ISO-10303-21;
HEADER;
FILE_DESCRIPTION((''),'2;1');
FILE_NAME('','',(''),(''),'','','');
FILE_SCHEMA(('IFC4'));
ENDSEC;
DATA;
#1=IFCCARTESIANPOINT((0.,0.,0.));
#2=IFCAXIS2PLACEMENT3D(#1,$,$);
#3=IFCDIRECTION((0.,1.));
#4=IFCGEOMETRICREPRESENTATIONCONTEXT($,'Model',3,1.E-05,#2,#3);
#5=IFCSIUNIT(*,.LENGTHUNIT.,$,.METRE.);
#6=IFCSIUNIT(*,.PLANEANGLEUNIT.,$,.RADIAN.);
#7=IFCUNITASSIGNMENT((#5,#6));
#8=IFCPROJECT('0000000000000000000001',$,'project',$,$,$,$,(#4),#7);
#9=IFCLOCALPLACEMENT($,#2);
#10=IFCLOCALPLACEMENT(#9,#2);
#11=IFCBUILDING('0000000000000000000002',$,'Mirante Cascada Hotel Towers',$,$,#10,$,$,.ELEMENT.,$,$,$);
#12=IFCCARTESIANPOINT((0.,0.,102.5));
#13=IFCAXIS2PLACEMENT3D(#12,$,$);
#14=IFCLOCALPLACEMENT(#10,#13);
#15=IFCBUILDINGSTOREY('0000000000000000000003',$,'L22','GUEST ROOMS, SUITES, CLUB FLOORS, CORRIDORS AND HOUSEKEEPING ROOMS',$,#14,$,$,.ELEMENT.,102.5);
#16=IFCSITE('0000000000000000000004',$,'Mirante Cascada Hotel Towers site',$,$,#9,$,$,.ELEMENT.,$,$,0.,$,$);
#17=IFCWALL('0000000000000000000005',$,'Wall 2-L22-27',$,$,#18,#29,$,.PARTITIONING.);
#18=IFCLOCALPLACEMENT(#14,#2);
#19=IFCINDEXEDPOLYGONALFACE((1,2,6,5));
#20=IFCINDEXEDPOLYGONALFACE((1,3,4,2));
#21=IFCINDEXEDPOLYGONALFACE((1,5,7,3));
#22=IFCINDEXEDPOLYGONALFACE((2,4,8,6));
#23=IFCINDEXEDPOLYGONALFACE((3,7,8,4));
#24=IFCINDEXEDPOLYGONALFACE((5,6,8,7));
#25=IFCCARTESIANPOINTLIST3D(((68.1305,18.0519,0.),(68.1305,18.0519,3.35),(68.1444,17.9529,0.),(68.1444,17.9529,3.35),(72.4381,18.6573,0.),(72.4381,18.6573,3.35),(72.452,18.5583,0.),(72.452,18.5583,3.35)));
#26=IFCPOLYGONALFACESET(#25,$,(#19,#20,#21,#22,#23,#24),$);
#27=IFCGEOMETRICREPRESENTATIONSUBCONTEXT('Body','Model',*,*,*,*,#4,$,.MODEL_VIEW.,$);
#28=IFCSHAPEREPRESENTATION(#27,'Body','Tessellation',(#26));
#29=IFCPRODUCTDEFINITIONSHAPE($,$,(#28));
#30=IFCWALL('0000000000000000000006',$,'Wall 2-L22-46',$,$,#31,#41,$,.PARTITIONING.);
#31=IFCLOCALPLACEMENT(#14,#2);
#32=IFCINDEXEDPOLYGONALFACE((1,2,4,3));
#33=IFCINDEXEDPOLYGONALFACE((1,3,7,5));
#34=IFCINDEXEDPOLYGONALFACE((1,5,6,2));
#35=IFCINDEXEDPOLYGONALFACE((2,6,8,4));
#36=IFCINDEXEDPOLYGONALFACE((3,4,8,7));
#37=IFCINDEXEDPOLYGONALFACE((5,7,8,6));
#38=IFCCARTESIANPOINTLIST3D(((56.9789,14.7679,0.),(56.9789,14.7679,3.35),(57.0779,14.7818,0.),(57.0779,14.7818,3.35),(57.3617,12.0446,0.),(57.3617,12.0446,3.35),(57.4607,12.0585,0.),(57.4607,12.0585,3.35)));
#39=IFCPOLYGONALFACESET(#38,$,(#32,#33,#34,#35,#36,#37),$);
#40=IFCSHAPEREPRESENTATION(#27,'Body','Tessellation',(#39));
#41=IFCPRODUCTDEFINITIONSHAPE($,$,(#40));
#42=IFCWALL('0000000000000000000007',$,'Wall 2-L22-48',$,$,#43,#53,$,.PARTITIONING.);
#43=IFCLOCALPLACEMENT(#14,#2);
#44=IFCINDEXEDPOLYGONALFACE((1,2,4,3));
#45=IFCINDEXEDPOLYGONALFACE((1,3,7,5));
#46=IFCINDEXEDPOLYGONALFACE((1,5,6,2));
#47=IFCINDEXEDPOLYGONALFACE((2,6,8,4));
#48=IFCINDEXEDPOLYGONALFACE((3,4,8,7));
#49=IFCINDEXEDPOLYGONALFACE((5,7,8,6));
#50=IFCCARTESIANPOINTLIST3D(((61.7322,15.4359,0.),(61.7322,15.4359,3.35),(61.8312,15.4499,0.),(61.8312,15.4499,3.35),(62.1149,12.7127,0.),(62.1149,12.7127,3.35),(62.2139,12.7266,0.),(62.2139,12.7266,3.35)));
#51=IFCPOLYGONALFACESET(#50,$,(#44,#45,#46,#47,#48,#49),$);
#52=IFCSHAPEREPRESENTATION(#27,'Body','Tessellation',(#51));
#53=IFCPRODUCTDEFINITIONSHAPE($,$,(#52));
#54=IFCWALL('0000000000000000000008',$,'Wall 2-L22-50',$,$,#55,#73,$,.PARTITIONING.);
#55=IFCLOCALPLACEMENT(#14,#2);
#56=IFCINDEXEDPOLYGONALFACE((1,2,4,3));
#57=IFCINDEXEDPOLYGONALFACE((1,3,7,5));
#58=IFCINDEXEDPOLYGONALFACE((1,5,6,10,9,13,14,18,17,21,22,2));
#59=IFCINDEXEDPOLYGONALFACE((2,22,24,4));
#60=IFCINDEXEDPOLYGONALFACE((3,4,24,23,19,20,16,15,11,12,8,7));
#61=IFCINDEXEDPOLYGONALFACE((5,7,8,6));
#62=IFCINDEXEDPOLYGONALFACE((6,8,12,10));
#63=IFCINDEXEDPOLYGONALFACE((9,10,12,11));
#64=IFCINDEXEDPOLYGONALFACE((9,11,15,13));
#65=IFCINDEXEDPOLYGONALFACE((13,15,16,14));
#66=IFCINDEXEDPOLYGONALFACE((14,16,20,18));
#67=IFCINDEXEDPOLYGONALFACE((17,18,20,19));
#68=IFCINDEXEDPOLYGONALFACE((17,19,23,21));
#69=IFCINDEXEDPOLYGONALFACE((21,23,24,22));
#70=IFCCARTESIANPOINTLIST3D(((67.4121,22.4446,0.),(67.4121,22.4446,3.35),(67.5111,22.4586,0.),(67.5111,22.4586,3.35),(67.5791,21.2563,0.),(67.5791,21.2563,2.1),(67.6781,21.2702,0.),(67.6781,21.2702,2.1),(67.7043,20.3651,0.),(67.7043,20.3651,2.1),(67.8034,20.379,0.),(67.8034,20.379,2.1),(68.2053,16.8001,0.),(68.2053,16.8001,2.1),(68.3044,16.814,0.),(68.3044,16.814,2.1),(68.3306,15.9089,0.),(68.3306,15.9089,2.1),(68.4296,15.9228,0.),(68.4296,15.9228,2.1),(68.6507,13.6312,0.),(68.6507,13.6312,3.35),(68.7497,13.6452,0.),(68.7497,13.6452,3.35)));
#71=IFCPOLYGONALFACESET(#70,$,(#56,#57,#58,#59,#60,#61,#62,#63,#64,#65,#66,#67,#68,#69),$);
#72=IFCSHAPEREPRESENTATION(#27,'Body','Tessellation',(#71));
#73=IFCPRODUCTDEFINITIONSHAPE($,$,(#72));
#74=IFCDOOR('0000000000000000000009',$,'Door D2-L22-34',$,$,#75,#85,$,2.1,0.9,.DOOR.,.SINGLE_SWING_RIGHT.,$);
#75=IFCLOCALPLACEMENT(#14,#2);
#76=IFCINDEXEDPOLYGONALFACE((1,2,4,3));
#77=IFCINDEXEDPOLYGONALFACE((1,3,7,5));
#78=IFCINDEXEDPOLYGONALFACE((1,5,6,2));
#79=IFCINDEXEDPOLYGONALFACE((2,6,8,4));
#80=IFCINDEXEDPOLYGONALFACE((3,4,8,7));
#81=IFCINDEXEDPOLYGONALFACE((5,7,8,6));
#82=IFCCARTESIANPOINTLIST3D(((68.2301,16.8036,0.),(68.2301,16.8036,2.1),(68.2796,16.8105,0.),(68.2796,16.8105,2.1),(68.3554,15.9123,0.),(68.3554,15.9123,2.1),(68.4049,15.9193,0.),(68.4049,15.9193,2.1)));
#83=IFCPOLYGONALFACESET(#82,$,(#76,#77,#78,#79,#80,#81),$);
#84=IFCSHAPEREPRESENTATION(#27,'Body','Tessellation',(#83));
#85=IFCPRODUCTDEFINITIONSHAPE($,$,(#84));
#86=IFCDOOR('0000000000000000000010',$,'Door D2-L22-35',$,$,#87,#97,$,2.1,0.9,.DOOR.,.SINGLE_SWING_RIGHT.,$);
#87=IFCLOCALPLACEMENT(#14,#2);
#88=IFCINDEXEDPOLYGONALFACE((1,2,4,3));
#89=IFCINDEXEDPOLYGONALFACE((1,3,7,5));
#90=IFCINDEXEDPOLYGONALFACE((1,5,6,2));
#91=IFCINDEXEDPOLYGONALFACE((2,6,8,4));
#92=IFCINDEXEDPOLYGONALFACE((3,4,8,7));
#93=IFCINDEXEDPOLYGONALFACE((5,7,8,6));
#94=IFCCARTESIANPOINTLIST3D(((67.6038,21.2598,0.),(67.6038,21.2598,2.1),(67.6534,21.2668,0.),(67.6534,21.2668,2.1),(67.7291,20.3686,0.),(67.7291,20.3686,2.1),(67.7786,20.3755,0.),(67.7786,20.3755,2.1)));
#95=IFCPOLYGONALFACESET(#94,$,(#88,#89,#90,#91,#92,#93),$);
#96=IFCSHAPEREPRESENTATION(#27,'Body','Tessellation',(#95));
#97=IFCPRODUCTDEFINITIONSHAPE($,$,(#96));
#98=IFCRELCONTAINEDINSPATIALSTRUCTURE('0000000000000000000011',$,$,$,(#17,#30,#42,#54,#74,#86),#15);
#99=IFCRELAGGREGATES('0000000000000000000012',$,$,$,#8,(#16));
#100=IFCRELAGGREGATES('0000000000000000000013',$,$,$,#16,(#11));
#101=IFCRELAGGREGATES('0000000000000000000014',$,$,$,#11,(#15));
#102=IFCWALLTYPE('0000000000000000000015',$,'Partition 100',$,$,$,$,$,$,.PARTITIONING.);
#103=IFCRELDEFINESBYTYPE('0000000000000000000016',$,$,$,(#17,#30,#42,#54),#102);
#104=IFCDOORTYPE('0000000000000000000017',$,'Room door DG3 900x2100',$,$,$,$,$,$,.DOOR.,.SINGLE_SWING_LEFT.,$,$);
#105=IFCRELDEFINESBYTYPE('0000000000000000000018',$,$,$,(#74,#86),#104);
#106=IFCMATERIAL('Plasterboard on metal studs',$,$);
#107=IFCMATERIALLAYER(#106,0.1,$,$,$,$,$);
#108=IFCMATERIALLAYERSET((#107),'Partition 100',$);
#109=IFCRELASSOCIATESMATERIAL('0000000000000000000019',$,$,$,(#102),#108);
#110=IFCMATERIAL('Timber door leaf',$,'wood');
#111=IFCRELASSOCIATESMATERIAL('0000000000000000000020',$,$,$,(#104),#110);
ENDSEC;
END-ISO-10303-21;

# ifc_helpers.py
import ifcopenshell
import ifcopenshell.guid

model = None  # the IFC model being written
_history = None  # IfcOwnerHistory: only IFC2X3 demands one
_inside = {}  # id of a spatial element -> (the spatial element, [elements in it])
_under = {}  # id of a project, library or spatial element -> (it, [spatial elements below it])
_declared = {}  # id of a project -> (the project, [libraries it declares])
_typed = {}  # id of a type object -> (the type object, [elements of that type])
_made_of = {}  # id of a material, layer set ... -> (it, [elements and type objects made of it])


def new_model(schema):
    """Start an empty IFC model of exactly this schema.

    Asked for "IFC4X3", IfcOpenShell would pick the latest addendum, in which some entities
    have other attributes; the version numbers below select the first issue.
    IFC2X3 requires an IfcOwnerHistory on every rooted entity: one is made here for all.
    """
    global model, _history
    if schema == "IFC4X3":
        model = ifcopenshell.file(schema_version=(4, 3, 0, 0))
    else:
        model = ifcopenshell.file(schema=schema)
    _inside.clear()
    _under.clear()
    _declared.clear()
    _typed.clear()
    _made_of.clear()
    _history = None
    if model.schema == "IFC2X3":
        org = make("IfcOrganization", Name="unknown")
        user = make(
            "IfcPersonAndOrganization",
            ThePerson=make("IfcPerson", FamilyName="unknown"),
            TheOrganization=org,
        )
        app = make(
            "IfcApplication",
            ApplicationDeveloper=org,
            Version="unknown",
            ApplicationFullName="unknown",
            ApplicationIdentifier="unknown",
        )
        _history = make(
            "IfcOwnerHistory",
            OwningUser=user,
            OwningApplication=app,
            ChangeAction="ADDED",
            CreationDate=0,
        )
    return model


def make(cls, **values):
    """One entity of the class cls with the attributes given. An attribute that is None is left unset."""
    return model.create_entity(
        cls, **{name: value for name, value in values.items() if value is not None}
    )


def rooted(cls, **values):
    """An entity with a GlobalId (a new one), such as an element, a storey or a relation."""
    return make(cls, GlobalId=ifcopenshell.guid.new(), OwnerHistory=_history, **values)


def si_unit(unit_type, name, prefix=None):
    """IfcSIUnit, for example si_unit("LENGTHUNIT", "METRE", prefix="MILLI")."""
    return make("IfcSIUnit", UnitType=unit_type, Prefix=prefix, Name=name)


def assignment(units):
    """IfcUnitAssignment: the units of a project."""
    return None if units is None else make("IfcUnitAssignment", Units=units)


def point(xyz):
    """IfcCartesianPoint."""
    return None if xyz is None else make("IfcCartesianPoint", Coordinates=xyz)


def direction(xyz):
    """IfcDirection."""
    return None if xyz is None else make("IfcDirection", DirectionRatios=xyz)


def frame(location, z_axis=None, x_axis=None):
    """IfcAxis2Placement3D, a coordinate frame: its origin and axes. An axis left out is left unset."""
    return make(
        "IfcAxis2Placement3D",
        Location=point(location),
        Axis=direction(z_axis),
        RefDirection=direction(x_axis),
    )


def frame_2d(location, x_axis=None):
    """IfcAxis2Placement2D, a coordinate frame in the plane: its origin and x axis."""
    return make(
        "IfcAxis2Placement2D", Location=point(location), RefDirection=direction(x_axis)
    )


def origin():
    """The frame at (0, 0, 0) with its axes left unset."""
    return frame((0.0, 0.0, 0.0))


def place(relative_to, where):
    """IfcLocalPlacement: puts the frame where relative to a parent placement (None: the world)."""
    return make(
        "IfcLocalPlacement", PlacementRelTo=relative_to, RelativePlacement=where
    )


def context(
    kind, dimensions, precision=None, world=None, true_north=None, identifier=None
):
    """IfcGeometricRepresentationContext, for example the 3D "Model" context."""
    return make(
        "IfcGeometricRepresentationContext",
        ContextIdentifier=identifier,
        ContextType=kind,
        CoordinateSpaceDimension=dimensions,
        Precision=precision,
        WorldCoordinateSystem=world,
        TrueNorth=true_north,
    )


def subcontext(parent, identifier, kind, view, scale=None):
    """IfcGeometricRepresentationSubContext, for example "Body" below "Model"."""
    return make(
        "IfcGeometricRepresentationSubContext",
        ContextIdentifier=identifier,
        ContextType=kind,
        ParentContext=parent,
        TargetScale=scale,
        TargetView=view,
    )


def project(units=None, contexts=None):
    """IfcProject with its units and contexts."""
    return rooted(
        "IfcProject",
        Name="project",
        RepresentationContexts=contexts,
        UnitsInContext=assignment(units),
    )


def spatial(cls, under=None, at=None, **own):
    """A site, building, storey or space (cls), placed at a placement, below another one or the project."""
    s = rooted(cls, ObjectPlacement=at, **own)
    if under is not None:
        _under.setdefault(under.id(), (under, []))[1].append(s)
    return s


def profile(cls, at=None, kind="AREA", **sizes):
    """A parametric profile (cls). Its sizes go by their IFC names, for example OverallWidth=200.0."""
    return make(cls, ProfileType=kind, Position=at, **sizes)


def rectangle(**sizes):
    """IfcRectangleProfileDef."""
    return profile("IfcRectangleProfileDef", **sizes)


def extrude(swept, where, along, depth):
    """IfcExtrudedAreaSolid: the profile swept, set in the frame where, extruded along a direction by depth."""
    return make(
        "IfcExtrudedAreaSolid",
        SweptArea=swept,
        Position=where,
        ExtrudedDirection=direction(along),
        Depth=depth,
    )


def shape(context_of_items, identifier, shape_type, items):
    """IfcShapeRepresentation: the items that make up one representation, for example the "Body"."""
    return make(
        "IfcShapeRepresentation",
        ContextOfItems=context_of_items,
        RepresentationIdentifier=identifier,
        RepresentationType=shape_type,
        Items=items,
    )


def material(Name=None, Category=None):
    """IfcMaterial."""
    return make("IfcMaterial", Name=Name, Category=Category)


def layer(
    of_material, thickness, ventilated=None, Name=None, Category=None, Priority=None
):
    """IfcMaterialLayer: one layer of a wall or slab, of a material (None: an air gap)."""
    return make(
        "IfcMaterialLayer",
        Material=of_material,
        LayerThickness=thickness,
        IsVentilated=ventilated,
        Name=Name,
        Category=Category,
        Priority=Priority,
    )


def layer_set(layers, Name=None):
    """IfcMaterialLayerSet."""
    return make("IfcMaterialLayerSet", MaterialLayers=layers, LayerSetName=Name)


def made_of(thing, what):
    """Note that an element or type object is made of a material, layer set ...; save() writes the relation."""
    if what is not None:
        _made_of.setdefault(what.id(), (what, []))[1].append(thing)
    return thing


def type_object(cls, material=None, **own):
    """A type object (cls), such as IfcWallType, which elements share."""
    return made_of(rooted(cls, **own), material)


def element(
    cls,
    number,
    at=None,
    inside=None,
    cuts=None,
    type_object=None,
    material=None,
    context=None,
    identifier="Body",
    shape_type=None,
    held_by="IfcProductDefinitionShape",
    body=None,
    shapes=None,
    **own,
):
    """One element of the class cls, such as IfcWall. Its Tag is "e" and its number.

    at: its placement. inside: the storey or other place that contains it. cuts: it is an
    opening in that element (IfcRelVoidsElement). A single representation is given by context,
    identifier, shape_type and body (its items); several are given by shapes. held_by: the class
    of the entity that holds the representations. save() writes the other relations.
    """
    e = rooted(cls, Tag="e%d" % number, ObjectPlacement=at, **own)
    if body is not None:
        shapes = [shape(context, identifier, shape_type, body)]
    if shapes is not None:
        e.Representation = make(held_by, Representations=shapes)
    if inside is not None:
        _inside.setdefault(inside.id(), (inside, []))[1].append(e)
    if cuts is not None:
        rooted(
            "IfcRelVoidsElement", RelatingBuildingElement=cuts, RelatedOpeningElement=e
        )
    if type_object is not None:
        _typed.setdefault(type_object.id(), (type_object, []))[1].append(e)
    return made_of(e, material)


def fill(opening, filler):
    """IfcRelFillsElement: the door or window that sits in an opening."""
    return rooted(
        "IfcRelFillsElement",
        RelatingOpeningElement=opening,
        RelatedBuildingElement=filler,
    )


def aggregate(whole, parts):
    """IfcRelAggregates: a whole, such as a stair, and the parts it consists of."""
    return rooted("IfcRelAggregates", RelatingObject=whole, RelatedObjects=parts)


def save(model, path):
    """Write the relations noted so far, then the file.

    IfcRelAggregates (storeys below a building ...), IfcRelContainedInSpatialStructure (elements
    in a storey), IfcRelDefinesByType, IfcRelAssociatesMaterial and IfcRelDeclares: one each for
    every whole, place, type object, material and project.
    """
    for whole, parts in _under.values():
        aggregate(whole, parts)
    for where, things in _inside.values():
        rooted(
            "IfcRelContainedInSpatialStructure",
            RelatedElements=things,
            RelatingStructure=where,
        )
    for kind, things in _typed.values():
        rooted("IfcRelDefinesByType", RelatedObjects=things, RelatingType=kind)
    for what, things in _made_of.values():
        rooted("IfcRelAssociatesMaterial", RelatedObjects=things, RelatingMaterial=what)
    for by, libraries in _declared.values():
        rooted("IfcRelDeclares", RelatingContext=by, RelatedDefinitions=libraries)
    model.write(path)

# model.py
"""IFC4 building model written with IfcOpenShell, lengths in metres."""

from ifc_helpers import new_model, si_unit, direction, frame, frame_2d, origin, place, context, subcontext, project, spatial, rectangle, extrude, material, layer, layer_set, type_object, element, fill, save


model = new_model("IFC4")

# Units and contexts
model_context = context("Model", 3, precision=1e-05, world=origin(), true_north=direction((0.0, 1.0)))
body_context = subcontext(model_context, "Body", "Model", "MODEL_VIEW")
ifc_project = project(units=[si_unit("LENGTHUNIT", "METRE"), si_unit("PLANEANGLEUNIT", "RADIAN")], contexts=[model_context])

# Site, building, storey
site_placement = place(None, origin())
site = spatial("IfcSite", under=ifc_project, at=site_placement, Name="Mirante Cascada Hotel Towers site", CompositionType="ELEMENT", RefElevation=0.0)
building_placement = place(site_placement, origin())
building = spatial("IfcBuilding", under=site, at=building_placement, Name="Mirante Cascada Hotel Towers", CompositionType="ELEMENT")
storey_placement = place(building_placement, frame((0.0, 0.0, 102.5)))
storey = spatial("IfcBuildingStorey", under=building, at=storey_placement, Name="L22", Description="GUEST ROOMS, SUITES, CLUB FLOORS, CORRIDORS AND HOUSEKEEPING ROOMS", CompositionType="ELEMENT", Elevation=102.5)

# Shared definitions
ifc_material_1 = material(Name="Plasterboard on metal studs")
ifc_layer_1 = layer(ifc_material_1, 0.1)
ifc_layer_set_1 = layer_set([ifc_layer_1], Name="Partition 100")
wall_type = type_object("IfcWallType", Name="Partition 100", PredefinedType="PARTITIONING", material=ifc_layer_set_1)

# Walls
wall_1_placement = place(storey_placement, frame((68.1374, 18.0024, 0.0), z_axis=(0.0, 0.0, 1.0), x_axis=(0.990268, 0.139175, 0.0)))
element("IfcWall", 1, at=wall_1_placement, inside=storey, type_object=wall_type, Name="Wall 2-L22-27", PredefinedType="PARTITIONING", context=body_context, shape_type="SweptSolid", body=[
    extrude(rectangle(XDim=4.3499, YDim=0.1, at=frame_2d((2.175, 0.0))), origin(), (0.0, 0.0, 1.0), 3.35),
])
wall_2_placement = place(storey_placement, frame((57.0284, 14.7749, 0.0), z_axis=(0.0, 0.0, 1.0), x_axis=(0.139196, -0.990265, 0.0)))
element("IfcWall", 2, at=wall_2_placement, inside=storey, type_object=wall_type, Name="Wall 2-L22-46", PredefinedType="PARTITIONING", context=body_context, shape_type="SweptSolid", body=[
    extrude(rectangle(XDim=2.7501, YDim=0.1, at=frame_2d((1.3751, 0.0))), origin(), (0.0, 0.0, 1.0), 3.35),
])
wall_3_placement = place(storey_placement, frame((61.7817, 15.4429, 0.0), z_axis=(0.0, 0.0, 1.0), x_axis=(0.139166, -0.990269, 0.0)))
element("IfcWall", 3, at=wall_3_placement, inside=storey, type_object=wall_type, Name="Wall 2-L22-48", PredefinedType="PARTITIONING", context=body_context, shape_type="SweptSolid", body=[
    extrude(rectangle(XDim=2.75, YDim=0.1, at=frame_2d((1.375, 0.0))), origin(), (0.0, 0.0, 1.0), 3.35),
])

# Wall, openings, doors
wall_4_placement = place(storey_placement, frame((67.4616, 22.4516, 0.0), z_axis=(0.0, 0.0, 1.0), x_axis=(0.139168, -0.990269, 0.0)))
wall_4 = element("IfcWall", 4, at=wall_4_placement, inside=storey, type_object=wall_type, Name="Wall 2-L22-50", PredefinedType="PARTITIONING", context=body_context, shape_type="SweptSolid", body=[
    extrude(rectangle(XDim=8.9, YDim=0.1, at=frame_2d((4.45, 0.0))), origin(), (0.0, 0.0, 1.0), 3.35),
])
opening_1_placement = place(wall_4_placement, frame((5.7, 0.0, 0.0)))
opening_1 = element("IfcOpeningElement", 5, at=opening_1_placement, cuts=wall_4, PredefinedType="OPENING", context=body_context, shape_type="SweptSolid", body=[
    extrude(rectangle(XDim=0.9, YDim=2.1, at=frame_2d((0.45, 1.05))), frame((0.0, 0.05, 0.0), z_axis=(0.0, -1.0, 0.0), x_axis=(1.0, 0.0, 0.0)), (0.0, 0.0, 1.0), 0.1),
])
opening_2_placement = place(wall_4_placement, frame((1.2, 0.0, 0.0)))
opening_2 = element("IfcOpeningElement", 6, at=opening_2_placement, cuts=wall_4, PredefinedType="OPENING", context=body_context, shape_type="SweptSolid", body=[
    extrude(rectangle(XDim=0.9, YDim=2.1, at=frame_2d((0.45, 1.05))), frame((0.0, 0.05, 0.0), z_axis=(0.0, -1.0, 0.0), x_axis=(1.0, 0.0, 0.0)), (0.0, 0.0, 1.0), 0.1),
])
ifc_material_2 = material(Name="Timber door leaf", Category="wood")
door_type_1 = type_object("IfcDoorType", Name="Room door DG3 900x2100", OperationType="SINGLE_SWING_LEFT", PredefinedType="DOOR", material=ifc_material_2)
door_1_placement = place(opening_1_placement, frame((0.9, 0.0, 0.0), z_axis=(0.0, 0.0, 1.0), x_axis=(-1.0, 0.0, 0.0)))
door_1 = element("IfcDoor", 7, at=door_1_placement, inside=storey, type_object=door_type_1, Name="Door D2-L22-34", OperationType="SINGLE_SWING_RIGHT", OverallHeight=2.1, OverallWidth=0.9, PredefinedType="DOOR", context=body_context, shape_type="SweptSolid", body=[
    extrude(rectangle(XDim=0.9, YDim=2.1, at=frame_2d((0.45, 1.05))), frame((0.0, 0.025, 0.0), z_axis=(0.0, -1.0, 0.0), x_axis=(1.0, 0.0, 0.0)), (0.0, 0.0, 1.0), 0.05),
])
fill(opening_1, door_1)
door_2_placement = place(opening_2_placement, frame((0.9, 0.0, 0.0), z_axis=(0.0, 0.0, 1.0), x_axis=(-1.0, 0.0, 0.0)))
door_2 = element("IfcDoor", 8, at=door_2_placement, inside=storey, type_object=door_type_1, Name="Door D2-L22-35", OperationType="SINGLE_SWING_RIGHT", OverallHeight=2.1, OverallWidth=0.9, PredefinedType="DOOR", context=body_context, shape_type="SweptSolid", body=[
    extrude(rectangle(XDim=0.9, YDim=2.1, at=frame_2d((0.45, 1.05))), frame((0.0, 0.025, 0.0), z_axis=(0.0, -1.0, 0.0), x_axis=(1.0, 0.0, 0.0)), (0.0, 0.0, 1.0), 0.05),
])
fill(opening_2, door_2)

save(model, "model.ifc")
